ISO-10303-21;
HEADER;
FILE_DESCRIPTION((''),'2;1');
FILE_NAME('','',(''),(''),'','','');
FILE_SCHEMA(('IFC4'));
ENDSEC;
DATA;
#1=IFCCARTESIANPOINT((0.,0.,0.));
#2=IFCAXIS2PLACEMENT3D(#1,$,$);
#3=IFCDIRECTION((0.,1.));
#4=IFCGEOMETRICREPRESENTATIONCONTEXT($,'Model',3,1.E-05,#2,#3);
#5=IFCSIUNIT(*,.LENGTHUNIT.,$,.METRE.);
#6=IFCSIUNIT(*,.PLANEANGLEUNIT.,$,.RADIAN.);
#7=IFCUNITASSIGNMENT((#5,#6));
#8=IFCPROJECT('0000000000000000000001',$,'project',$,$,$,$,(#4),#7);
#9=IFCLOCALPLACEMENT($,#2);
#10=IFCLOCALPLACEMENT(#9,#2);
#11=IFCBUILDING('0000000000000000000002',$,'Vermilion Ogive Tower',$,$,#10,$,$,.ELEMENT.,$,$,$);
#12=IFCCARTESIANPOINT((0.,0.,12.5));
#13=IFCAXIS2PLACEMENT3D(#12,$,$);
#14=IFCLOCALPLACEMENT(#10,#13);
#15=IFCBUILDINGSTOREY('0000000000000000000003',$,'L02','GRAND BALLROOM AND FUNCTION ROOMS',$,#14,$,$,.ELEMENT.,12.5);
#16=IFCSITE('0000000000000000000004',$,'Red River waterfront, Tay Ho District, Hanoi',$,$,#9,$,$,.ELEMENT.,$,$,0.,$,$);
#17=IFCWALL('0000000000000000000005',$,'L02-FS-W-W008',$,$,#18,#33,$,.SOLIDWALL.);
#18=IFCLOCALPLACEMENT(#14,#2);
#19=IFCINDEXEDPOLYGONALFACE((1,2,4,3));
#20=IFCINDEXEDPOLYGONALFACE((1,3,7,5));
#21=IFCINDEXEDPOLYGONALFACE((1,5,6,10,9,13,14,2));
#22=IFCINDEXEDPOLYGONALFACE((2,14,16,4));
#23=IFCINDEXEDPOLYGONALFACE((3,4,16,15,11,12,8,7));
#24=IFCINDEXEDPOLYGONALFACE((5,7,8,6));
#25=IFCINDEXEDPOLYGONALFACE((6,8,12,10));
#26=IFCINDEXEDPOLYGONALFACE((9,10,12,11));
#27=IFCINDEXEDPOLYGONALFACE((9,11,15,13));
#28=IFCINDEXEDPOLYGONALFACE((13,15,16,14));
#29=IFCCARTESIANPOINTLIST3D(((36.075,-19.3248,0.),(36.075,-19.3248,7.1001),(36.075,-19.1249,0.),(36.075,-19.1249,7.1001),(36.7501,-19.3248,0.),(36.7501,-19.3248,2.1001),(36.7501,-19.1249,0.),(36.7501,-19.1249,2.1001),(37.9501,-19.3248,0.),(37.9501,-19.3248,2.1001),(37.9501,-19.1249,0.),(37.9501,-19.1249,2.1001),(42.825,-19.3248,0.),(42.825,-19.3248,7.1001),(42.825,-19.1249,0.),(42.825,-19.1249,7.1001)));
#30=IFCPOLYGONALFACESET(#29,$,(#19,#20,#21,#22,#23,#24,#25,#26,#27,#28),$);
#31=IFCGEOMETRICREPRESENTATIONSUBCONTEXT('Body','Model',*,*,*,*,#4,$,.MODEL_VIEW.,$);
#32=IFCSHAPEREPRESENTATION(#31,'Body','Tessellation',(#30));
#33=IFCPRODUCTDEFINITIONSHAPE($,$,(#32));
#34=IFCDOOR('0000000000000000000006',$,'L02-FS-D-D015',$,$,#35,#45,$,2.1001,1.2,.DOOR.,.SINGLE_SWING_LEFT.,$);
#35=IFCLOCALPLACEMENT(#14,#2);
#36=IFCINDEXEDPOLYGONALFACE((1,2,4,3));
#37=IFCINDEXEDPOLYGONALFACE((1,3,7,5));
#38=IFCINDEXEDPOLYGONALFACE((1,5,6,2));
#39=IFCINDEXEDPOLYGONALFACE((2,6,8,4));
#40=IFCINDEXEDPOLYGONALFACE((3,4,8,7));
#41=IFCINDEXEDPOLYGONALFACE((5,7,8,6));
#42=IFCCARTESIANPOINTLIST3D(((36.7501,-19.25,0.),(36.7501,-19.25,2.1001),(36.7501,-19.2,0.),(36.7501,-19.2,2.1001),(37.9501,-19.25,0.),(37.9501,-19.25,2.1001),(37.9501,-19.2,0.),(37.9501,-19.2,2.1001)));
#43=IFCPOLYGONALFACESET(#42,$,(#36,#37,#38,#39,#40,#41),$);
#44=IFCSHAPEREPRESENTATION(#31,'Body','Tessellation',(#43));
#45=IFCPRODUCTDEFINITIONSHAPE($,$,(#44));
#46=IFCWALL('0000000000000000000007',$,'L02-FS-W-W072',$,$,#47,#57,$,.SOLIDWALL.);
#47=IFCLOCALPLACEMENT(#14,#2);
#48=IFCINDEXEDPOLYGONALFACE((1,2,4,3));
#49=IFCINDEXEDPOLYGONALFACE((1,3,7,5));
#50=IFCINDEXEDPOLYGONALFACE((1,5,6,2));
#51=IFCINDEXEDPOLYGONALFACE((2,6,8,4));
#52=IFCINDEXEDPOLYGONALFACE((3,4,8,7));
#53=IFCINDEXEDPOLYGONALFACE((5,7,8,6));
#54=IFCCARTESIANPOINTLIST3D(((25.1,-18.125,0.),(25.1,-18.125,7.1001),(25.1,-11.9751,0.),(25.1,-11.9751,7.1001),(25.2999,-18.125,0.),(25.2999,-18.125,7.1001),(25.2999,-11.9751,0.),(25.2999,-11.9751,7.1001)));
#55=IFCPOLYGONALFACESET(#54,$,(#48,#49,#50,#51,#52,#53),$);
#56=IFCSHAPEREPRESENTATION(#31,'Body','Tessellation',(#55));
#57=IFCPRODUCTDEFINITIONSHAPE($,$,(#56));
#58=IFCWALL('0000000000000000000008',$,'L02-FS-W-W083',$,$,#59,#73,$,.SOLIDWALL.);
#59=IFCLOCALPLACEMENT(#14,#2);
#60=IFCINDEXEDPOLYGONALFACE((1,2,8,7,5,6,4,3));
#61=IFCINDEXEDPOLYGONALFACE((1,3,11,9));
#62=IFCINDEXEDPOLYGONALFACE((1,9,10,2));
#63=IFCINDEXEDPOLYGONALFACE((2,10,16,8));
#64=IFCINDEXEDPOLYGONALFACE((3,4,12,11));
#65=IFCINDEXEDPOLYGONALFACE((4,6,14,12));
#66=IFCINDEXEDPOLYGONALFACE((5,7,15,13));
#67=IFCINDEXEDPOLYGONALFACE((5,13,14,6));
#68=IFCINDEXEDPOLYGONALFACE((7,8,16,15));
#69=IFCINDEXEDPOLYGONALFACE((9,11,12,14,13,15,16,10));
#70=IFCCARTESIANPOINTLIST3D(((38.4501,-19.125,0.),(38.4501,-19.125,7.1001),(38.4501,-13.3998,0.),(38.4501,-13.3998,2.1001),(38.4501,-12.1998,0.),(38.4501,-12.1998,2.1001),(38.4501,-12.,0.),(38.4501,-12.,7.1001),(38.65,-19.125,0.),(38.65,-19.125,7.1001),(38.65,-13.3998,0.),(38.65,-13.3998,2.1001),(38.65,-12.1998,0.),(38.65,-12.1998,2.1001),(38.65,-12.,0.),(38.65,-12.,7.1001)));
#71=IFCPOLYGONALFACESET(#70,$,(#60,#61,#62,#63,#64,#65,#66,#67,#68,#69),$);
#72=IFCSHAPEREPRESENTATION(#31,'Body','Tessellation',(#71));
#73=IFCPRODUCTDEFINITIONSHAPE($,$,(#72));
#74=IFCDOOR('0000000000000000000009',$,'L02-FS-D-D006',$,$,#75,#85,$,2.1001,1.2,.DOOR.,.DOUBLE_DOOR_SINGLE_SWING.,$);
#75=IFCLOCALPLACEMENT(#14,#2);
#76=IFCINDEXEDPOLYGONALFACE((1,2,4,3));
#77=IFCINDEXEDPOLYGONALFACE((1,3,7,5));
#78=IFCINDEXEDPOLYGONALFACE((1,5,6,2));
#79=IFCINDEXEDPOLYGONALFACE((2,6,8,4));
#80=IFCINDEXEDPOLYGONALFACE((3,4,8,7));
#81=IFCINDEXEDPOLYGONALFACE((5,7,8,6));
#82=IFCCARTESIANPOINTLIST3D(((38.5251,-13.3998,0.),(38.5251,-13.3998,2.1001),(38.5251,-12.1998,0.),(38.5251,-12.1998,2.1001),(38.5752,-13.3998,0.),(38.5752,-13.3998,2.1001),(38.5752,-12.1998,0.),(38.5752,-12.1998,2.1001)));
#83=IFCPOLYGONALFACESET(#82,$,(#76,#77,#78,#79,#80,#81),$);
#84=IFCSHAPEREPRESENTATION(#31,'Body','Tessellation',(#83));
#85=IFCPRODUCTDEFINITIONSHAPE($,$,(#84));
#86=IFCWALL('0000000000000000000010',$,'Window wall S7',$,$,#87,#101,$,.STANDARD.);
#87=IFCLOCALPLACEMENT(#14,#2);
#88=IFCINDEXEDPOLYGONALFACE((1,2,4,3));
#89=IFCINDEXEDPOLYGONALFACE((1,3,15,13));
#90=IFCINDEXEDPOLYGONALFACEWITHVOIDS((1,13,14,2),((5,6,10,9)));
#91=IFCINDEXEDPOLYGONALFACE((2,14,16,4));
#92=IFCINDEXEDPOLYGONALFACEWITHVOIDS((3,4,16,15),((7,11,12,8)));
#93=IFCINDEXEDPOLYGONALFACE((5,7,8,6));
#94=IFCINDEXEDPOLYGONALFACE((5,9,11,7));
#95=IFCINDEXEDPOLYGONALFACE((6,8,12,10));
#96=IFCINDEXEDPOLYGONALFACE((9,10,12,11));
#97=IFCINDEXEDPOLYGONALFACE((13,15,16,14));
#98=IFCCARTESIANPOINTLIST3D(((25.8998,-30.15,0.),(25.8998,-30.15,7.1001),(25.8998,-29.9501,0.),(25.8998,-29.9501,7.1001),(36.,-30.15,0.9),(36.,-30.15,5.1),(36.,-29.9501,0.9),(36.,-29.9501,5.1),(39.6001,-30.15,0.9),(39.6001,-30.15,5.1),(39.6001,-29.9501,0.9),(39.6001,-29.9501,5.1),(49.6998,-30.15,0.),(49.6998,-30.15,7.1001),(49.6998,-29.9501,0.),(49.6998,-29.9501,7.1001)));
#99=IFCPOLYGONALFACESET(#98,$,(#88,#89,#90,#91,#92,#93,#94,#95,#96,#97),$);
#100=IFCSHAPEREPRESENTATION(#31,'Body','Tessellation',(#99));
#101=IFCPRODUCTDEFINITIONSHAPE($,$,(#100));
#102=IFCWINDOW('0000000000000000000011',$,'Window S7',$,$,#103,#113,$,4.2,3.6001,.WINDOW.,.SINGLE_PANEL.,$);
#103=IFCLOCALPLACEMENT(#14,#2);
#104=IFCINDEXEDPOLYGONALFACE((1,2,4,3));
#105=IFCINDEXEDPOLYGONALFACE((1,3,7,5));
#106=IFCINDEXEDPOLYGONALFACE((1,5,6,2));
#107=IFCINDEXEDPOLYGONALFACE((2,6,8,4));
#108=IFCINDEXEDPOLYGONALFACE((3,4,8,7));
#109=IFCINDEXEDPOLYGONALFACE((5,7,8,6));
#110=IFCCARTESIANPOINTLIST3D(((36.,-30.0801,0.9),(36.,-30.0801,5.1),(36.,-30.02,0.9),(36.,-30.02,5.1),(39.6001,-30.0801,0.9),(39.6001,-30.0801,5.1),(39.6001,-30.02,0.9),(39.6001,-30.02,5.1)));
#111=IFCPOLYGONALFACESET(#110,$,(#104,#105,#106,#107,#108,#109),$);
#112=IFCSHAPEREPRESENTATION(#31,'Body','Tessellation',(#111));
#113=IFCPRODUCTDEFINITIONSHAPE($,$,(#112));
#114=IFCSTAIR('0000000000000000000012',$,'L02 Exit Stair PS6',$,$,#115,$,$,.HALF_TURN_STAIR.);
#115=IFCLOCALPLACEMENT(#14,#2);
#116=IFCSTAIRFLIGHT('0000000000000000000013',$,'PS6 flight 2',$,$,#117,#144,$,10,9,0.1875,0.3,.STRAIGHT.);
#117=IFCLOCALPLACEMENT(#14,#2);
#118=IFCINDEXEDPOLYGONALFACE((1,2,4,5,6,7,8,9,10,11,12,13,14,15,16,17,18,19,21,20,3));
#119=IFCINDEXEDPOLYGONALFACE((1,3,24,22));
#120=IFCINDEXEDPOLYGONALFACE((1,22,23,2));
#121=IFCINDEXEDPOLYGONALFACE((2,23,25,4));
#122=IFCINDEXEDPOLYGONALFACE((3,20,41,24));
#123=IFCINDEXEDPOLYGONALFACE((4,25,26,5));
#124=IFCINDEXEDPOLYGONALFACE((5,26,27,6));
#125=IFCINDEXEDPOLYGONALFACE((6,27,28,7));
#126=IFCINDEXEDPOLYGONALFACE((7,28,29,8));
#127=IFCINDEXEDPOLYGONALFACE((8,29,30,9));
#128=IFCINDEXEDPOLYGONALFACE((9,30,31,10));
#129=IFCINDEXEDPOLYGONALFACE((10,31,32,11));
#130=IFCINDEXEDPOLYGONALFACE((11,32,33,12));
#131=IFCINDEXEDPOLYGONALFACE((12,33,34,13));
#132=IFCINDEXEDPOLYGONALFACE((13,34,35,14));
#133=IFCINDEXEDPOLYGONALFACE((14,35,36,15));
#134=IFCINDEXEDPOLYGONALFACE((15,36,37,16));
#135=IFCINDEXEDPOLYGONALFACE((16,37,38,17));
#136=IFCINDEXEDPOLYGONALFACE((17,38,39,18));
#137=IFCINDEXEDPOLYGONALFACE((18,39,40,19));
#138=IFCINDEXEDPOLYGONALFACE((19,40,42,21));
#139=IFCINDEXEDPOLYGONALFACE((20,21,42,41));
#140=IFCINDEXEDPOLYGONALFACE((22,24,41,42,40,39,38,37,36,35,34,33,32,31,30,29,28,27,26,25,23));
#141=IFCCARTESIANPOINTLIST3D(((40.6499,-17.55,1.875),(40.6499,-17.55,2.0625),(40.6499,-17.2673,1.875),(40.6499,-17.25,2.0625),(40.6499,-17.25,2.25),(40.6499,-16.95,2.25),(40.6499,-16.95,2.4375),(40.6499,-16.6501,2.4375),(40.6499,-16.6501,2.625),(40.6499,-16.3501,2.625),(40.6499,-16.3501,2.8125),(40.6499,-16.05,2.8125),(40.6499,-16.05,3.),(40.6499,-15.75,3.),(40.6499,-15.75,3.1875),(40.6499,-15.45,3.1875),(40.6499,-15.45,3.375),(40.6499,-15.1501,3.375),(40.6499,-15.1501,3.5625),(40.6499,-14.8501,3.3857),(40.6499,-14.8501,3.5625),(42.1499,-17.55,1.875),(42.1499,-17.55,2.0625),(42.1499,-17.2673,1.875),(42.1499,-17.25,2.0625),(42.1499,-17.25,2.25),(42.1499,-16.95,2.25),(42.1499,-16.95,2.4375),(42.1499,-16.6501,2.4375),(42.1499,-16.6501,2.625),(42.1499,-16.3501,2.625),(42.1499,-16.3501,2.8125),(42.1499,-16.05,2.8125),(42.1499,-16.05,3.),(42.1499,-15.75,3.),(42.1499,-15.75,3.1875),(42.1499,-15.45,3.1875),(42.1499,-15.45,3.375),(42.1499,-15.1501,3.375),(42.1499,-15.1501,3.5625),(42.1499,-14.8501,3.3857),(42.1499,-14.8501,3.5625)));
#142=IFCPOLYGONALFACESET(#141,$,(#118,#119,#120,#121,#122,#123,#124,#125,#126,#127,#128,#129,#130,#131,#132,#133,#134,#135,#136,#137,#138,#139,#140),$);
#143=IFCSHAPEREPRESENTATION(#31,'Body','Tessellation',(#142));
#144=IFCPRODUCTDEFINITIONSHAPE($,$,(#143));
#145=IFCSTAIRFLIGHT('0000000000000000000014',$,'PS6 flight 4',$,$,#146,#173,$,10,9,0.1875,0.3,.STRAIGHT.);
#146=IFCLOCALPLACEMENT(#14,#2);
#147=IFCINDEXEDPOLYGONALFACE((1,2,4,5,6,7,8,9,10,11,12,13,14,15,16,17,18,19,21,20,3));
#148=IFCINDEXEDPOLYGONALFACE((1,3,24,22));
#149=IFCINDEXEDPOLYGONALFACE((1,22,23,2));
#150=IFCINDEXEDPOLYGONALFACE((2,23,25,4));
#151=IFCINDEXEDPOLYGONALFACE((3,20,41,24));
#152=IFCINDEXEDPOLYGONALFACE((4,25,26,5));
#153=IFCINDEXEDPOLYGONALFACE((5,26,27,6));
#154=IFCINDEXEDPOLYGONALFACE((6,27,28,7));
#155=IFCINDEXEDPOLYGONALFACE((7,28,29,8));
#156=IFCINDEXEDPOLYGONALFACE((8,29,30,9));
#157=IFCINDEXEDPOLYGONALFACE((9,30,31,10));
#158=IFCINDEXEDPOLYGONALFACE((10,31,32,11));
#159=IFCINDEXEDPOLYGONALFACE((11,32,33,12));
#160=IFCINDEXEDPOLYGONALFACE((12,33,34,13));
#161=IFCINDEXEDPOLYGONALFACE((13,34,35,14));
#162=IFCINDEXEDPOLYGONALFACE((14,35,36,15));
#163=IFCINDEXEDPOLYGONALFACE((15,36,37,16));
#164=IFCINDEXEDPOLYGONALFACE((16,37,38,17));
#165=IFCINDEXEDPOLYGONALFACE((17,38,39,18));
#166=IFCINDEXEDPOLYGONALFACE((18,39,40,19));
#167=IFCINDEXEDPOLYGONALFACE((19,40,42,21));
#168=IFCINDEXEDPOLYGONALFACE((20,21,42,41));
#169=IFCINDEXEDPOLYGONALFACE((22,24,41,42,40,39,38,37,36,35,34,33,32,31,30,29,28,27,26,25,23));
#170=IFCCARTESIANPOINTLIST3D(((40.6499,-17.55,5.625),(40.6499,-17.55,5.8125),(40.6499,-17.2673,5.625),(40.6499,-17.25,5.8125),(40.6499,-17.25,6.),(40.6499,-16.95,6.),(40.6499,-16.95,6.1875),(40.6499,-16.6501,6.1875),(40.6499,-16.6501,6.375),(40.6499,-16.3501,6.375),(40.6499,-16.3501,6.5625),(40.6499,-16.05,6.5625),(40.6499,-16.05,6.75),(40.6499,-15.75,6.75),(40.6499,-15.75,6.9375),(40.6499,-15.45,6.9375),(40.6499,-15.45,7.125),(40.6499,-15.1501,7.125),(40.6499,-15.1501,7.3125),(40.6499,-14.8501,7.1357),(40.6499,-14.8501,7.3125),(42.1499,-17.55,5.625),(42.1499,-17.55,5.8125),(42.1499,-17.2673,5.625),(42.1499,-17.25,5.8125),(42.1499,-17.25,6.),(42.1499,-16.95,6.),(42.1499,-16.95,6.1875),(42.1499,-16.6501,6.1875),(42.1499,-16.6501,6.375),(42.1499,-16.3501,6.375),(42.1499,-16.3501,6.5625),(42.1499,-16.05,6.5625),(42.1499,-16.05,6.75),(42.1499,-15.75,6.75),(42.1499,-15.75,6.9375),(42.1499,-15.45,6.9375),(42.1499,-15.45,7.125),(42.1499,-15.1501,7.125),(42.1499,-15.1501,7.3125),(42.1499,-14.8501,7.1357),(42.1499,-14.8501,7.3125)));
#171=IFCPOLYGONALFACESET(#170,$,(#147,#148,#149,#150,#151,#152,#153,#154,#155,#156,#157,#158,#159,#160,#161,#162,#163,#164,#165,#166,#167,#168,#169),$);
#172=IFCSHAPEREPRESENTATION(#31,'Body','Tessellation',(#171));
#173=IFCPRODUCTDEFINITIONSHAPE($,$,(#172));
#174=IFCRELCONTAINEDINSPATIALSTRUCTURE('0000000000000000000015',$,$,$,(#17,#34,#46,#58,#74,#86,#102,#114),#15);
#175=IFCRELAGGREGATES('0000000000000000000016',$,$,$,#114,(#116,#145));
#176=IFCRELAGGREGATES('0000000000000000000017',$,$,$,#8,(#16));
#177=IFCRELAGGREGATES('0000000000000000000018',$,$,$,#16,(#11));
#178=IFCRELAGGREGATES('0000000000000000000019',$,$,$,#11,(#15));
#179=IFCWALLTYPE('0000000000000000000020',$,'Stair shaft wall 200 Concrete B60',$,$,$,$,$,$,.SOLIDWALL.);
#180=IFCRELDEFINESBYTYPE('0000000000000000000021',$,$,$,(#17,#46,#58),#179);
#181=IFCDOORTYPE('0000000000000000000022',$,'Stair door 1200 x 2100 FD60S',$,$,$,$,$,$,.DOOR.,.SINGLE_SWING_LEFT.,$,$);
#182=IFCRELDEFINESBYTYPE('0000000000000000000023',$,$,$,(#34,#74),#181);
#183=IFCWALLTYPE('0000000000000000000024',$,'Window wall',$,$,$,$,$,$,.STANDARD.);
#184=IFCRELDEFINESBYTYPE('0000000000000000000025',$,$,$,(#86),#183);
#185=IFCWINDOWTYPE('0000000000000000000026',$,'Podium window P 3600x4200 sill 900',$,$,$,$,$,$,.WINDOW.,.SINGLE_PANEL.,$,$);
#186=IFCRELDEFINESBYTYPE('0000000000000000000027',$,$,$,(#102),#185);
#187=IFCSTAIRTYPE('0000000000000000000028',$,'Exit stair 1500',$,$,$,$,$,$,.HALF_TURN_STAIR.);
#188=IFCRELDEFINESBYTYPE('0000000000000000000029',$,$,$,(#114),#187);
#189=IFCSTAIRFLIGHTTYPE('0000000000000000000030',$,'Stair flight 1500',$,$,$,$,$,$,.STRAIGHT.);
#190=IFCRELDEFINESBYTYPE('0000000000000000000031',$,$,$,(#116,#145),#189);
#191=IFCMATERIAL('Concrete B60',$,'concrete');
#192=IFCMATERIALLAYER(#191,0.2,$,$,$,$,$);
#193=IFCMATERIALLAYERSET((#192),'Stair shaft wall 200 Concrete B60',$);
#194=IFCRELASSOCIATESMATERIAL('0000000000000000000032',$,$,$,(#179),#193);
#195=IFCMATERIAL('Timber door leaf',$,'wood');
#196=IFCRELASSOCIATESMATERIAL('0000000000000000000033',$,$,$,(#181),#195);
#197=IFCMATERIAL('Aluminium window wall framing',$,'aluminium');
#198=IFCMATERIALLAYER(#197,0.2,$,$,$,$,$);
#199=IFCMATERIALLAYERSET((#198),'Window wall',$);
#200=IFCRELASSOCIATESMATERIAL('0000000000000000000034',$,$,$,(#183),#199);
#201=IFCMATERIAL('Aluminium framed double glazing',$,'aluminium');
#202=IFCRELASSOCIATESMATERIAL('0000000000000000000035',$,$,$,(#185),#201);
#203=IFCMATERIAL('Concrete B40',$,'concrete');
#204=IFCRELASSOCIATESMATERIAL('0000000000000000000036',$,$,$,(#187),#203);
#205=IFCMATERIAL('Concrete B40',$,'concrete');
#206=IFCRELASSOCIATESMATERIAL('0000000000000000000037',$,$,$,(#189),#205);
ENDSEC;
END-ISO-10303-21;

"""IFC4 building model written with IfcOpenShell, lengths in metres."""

from ifc_helpers import new_model, si_unit, direction, frame, frame_2d, origin, place, context, subcontext, project, spatial, polyline, rectangle, outline, extrude, material, layer, layer_set, type_object, element, fill, aggregate, save


model = new_model("IFC4")

# Units and contexts
model_context = context("Model", 3, precision=1e-05, world=origin(), true_north=direction((0.0, 1.0)))
body_context = subcontext(model_context, "Body", "Model", "MODEL_VIEW")
ifc_project = project(units=[si_unit("LENGTHUNIT", "METRE"), si_unit("PLANEANGLEUNIT", "RADIAN")], contexts=[model_context])

# Site, building, storey
site_placement = place(None, origin())
site = spatial("IfcSite", under=ifc_project, at=site_placement, Name="Red River waterfront, Tay Ho District, Hanoi", CompositionType="ELEMENT", RefElevation=0.0)
building_placement = place(site_placement, origin())
building = spatial("IfcBuilding", under=site, at=building_placement, Name="Vermilion Ogive Tower", CompositionType="ELEMENT")
storey_placement = place(building_placement, frame((0.0, 0.0, 12.5)))
storey = spatial("IfcBuildingStorey", under=building, at=storey_placement, Name="L02", Description="GRAND BALLROOM AND FUNCTION ROOMS", CompositionType="ELEMENT", Elevation=12.5)

# Wall, opening, door
ifc_material_1 = material(Name="Concrete B60", Category="concrete")
ifc_layer_1 = layer(ifc_material_1, 0.2)
ifc_layer_set_1 = layer_set([ifc_layer_1], Name="Stair shaft wall 200 Concrete B60")
wall_type_1 = type_object("IfcWallType", Name="Stair shaft wall 200 Concrete B60", PredefinedType="SOLIDWALL", material=ifc_layer_set_1)
wall_1_placement = place(storey_placement, frame((36.075, -19.2249, 0.0), z_axis=(0.0, 0.0, 1.0), x_axis=(1.0, 0.0, 0.0)))
wall_1 = element("IfcWall", 1, at=wall_1_placement, inside=storey, type_object=wall_type_1, Name="L02-FS-W-W008", PredefinedType="SOLIDWALL", context=body_context, shape_type="SweptSolid", body=[
    extrude(rectangle(XDim=6.75, YDim=0.2, at=frame_2d((3.375, 0.0))), origin(), (0.0, 0.0, 1.0), 7.1001),
])
opening_1_placement = place(wall_1_placement, frame((0.675, 0.0, 0.0)))
opening_1 = element("IfcOpeningElement", 2, at=opening_1_placement, cuts=wall_1, PredefinedType="OPENING", context=body_context, shape_type="SweptSolid", body=[
    extrude(rectangle(XDim=1.2, YDim=2.1001, at=frame_2d((0.6001, 1.05))), frame((0.0, 0.1099, 0.0), z_axis=(0.0, -1.0, 0.0), x_axis=(1.0, 0.0, 0.0)), (0.0, 0.0, 1.0), 0.22),
])
ifc_material_2 = material(Name="Timber door leaf", Category="wood")
door_type_1 = type_object("IfcDoorType", Name="Stair door 1200 x 2100 FD60S", OperationType="SINGLE_SWING_LEFT", PredefinedType="DOOR", material=ifc_material_2)
door_1_placement = place(opening_1_placement, origin())
door_1 = element("IfcDoor", 3, at=door_1_placement, inside=storey, type_object=door_type_1, Name="L02-FS-D-D015", OperationType="SINGLE_SWING_LEFT", OverallHeight=2.1001, OverallWidth=1.2, PredefinedType="DOOR", context=body_context, shape_type="SweptSolid", body=[
    extrude(rectangle(XDim=1.2, YDim=2.1001, at=frame_2d((0.6001, 1.05))), frame((0.0, 0.0249, 0.0), z_axis=(0.0, -1.0, 0.0), x_axis=(1.0, 0.0, 0.0)), (0.0, 0.0, 1.0), 0.05),
])
fill(opening_1, door_1)

# Wall
wall_2_placement = place(storey_placement, frame((25.2, -18.125, 0.0), z_axis=(0.0, 0.0, 1.0), x_axis=(0.0, 1.0, 0.0)))
element("IfcWall", 4, at=wall_2_placement, inside=storey, type_object=wall_type_1, Name="L02-FS-W-W072", PredefinedType="SOLIDWALL", context=body_context, shape_type="SweptSolid", body=[
    extrude(rectangle(XDim=6.1499, YDim=0.2, at=frame_2d((3.075, 0.0))), origin(), (0.0, 0.0, 1.0), 7.1001),
])

# Wall, opening, door
wall_3_placement = place(storey_placement, frame((38.55, -19.125, 0.0), z_axis=(0.0, 0.0, 1.0), x_axis=(0.0, 1.0, 0.0)))
wall_3 = element("IfcWall", 5, at=wall_3_placement, inside=storey, type_object=wall_type_1, Name="L02-FS-W-W083", PredefinedType="SOLIDWALL", context=body_context, shape_type="SweptSolid", body=[
    extrude(rectangle(XDim=7.125, YDim=0.2, at=frame_2d((3.5625, 0.0))), origin(), (0.0, 0.0, 1.0), 7.1001),
])
opening_2_placement = place(wall_3_placement, frame((5.7251, 0.0, 0.0)))
opening_2 = element("IfcOpeningElement", 6, at=opening_2_placement, cuts=wall_3, PredefinedType="OPENING", context=body_context, shape_type="SweptSolid", body=[
    extrude(rectangle(XDim=1.2, YDim=2.1001, at=frame_2d((0.6001, 1.05))), frame((0.0, 0.1099, 0.0), z_axis=(0.0, -1.0, 0.0), x_axis=(1.0, 0.0, 0.0)), (0.0, 0.0, 1.0), 0.22),
])
door_2_placement = place(opening_2_placement, origin())
door_2 = element("IfcDoor", 7, at=door_2_placement, inside=storey, type_object=door_type_1, Name="L02-FS-D-D006", OperationType="DOUBLE_DOOR_SINGLE_SWING", OverallHeight=2.1001, OverallWidth=1.2, PredefinedType="DOOR", context=body_context, shape_type="SweptSolid", body=[
    extrude(rectangle(XDim=1.2, YDim=2.1001, at=frame_2d((0.6001, 1.05))), frame((0.0, 0.0249, 0.0), z_axis=(0.0, -1.0, 0.0), x_axis=(1.0, 0.0, 0.0)), (0.0, 0.0, 1.0), 0.05),
])
fill(opening_2, door_2)

# Wall, opening, window
ifc_material_3 = material(Name="Aluminium window wall framing", Category="aluminium")
ifc_layer_2 = layer(ifc_material_3, 0.2)
ifc_layer_set_2 = layer_set([ifc_layer_2], Name="Window wall")
wall_type_2 = type_object("IfcWallType", Name="Window wall", PredefinedType="STANDARD", material=ifc_layer_set_2)
wall_4_placement = place(storey_placement, frame((25.8999, -30.05, 0.0), z_axis=(0.0, 0.0, 1.0), x_axis=(1.0, 0.0, 0.0)))
wall_4 = element("IfcWall", 8, at=wall_4_placement, inside=storey, type_object=wall_type_2, Name="Window wall S7", PredefinedType="STANDARD", context=body_context, shape_type="SweptSolid", body=[
    extrude(rectangle(XDim=23.8, YDim=0.2, at=frame_2d((11.8999, 0.0))), origin(), (0.0, 0.0, 1.0), 7.1001),
])
opening_3_placement = place(wall_4_placement, frame((10.1001, 0.0, 0.8999)))
opening_3 = element("IfcOpeningElement", 9, at=opening_3_placement, cuts=wall_4, PredefinedType="OPENING", context=body_context, shape_type="SweptSolid", body=[
    extrude(rectangle(XDim=3.6001, YDim=4.2, at=frame_2d((1.8, 2.1001))), frame((0.0, 0.1099, 0.0), z_axis=(0.0, -1.0, 0.0), x_axis=(1.0, 0.0, 0.0)), (0.0, 0.0, 1.0), 0.22),
])
ifc_material_4 = material(Name="Aluminium framed double glazing", Category="aluminium")
window_type = type_object("IfcWindowType", Name="Podium window P 3600x4200 sill 900", PartitioningType="SINGLE_PANEL", PredefinedType="WINDOW", material=ifc_material_4)
window_placement = place(opening_3_placement, origin())
window = element("IfcWindow", 10, at=window_placement, inside=storey, type_object=window_type, Name="Window S7", OverallHeight=4.2, OverallWidth=3.6001, PartitioningType="SINGLE_PANEL", PredefinedType="WINDOW", context=body_context, shape_type="SweptSolid", body=[
    extrude(rectangle(XDim=3.6001, YDim=4.2, at=frame_2d((1.8, 2.1001))), frame((0.0, 0.03, 0.0), z_axis=(0.0, -1.0, 0.0), x_axis=(1.0, 0.0, 0.0)), (0.0, 0.0, 1.0), 0.0601),
])
fill(opening_3, window)

# Stair, stair flights
ifc_material_5 = material(Name="Concrete B40", Category="concrete")
stair_type = type_object("IfcStairType", Name="Exit stair 1500", PredefinedType="HALF_TURN_STAIR", material=ifc_material_5)
stair_placement = place(storey_placement, origin())
stair = element("IfcStair", 11, at=stair_placement, inside=storey, type_object=stair_type, Name="L02 Exit Stair PS6", PredefinedType="HALF_TURN_STAIR")
ifc_material_6 = material(Name="Concrete B40", Category="concrete")
stair_flight_type = type_object("IfcStairFlightType", Name="Stair flight 1500", PredefinedType="STRAIGHT", material=ifc_material_6)
stair_flight_1_placement = place(storey_placement, frame((41.3999, -17.55, 1.875), z_axis=(0.0, 0.0, 1.0), x_axis=(0.0, 1.0, 0.0)))
stair_flight_1 = element("IfcStairFlight", 12, at=stair_flight_1_placement, type_object=stair_flight_type, Name="PS6 flight 2", NumberOfRisers=10, NumberOfTreads=9, PredefinedType="STRAIGHT", RiserHeight=0.1875, TreadLength=0.3, context=body_context, shape_type="SweptSolid", body=[
    extrude(outline(polyline([(0.0, 0.0), (0.0, 0.1875), (0.3, 0.1875), (0.3, 0.375), (0.6001, 0.375), (0.6001, 0.5625), (0.8999, 0.5625), (0.8999, 0.75), (1.2, 0.75), (1.2, 0.9375), (1.5, 0.9375), (1.5, 1.125), (1.8, 1.125), (1.8, 1.3125), (2.1001, 1.3125), (2.1001, 1.5), (2.3999, 1.5), (2.3999, 1.6875), (2.7, 1.6875), (2.7, 1.875), (2.7, 1.5107), (0.2827, 0.0), (0.0, 0.0)])), frame((0.0, 0.75, 0.0), z_axis=(0.0, -1.0, 0.0), x_axis=(1.0, 0.0, 0.0)), (0.0, 0.0, 1.0), 1.5),
])
stair_flight_2_placement = place(storey_placement, frame((41.3999, -17.55, 5.625), z_axis=(0.0, 0.0, 1.0), x_axis=(0.0, 1.0, 0.0)))
stair_flight_2 = element("IfcStairFlight", 13, at=stair_flight_2_placement, type_object=stair_flight_type, Name="PS6 flight 4", NumberOfRisers=10, NumberOfTreads=9, PredefinedType="STRAIGHT", RiserHeight=0.1875, TreadLength=0.3, context=body_context, shape_type="SweptSolid", body=[
    extrude(outline(polyline([(0.0, 0.0), (0.0, 0.1875), (0.3, 0.1875), (0.3, 0.375), (0.6001, 0.375), (0.6001, 0.5625), (0.8999, 0.5625), (0.8999, 0.75), (1.2, 0.75), (1.2, 0.9375), (1.5, 0.9375), (1.5, 1.125), (1.8, 1.125), (1.8, 1.3125), (2.1001, 1.3125), (2.1001, 1.5), (2.3999, 1.5), (2.3999, 1.6875), (2.7, 1.6875), (2.7, 1.875), (2.7, 1.5107), (0.2827, 0.0), (0.0, 0.0)])), frame((0.0, 0.75, 0.0), z_axis=(0.0, -1.0, 0.0), x_axis=(1.0, 0.0, 0.0)), (0.0, 0.0, 1.0), 1.5),
])
aggregate(stair, [stair_flight_1, stair_flight_2])

save(model, "model.ifc")
